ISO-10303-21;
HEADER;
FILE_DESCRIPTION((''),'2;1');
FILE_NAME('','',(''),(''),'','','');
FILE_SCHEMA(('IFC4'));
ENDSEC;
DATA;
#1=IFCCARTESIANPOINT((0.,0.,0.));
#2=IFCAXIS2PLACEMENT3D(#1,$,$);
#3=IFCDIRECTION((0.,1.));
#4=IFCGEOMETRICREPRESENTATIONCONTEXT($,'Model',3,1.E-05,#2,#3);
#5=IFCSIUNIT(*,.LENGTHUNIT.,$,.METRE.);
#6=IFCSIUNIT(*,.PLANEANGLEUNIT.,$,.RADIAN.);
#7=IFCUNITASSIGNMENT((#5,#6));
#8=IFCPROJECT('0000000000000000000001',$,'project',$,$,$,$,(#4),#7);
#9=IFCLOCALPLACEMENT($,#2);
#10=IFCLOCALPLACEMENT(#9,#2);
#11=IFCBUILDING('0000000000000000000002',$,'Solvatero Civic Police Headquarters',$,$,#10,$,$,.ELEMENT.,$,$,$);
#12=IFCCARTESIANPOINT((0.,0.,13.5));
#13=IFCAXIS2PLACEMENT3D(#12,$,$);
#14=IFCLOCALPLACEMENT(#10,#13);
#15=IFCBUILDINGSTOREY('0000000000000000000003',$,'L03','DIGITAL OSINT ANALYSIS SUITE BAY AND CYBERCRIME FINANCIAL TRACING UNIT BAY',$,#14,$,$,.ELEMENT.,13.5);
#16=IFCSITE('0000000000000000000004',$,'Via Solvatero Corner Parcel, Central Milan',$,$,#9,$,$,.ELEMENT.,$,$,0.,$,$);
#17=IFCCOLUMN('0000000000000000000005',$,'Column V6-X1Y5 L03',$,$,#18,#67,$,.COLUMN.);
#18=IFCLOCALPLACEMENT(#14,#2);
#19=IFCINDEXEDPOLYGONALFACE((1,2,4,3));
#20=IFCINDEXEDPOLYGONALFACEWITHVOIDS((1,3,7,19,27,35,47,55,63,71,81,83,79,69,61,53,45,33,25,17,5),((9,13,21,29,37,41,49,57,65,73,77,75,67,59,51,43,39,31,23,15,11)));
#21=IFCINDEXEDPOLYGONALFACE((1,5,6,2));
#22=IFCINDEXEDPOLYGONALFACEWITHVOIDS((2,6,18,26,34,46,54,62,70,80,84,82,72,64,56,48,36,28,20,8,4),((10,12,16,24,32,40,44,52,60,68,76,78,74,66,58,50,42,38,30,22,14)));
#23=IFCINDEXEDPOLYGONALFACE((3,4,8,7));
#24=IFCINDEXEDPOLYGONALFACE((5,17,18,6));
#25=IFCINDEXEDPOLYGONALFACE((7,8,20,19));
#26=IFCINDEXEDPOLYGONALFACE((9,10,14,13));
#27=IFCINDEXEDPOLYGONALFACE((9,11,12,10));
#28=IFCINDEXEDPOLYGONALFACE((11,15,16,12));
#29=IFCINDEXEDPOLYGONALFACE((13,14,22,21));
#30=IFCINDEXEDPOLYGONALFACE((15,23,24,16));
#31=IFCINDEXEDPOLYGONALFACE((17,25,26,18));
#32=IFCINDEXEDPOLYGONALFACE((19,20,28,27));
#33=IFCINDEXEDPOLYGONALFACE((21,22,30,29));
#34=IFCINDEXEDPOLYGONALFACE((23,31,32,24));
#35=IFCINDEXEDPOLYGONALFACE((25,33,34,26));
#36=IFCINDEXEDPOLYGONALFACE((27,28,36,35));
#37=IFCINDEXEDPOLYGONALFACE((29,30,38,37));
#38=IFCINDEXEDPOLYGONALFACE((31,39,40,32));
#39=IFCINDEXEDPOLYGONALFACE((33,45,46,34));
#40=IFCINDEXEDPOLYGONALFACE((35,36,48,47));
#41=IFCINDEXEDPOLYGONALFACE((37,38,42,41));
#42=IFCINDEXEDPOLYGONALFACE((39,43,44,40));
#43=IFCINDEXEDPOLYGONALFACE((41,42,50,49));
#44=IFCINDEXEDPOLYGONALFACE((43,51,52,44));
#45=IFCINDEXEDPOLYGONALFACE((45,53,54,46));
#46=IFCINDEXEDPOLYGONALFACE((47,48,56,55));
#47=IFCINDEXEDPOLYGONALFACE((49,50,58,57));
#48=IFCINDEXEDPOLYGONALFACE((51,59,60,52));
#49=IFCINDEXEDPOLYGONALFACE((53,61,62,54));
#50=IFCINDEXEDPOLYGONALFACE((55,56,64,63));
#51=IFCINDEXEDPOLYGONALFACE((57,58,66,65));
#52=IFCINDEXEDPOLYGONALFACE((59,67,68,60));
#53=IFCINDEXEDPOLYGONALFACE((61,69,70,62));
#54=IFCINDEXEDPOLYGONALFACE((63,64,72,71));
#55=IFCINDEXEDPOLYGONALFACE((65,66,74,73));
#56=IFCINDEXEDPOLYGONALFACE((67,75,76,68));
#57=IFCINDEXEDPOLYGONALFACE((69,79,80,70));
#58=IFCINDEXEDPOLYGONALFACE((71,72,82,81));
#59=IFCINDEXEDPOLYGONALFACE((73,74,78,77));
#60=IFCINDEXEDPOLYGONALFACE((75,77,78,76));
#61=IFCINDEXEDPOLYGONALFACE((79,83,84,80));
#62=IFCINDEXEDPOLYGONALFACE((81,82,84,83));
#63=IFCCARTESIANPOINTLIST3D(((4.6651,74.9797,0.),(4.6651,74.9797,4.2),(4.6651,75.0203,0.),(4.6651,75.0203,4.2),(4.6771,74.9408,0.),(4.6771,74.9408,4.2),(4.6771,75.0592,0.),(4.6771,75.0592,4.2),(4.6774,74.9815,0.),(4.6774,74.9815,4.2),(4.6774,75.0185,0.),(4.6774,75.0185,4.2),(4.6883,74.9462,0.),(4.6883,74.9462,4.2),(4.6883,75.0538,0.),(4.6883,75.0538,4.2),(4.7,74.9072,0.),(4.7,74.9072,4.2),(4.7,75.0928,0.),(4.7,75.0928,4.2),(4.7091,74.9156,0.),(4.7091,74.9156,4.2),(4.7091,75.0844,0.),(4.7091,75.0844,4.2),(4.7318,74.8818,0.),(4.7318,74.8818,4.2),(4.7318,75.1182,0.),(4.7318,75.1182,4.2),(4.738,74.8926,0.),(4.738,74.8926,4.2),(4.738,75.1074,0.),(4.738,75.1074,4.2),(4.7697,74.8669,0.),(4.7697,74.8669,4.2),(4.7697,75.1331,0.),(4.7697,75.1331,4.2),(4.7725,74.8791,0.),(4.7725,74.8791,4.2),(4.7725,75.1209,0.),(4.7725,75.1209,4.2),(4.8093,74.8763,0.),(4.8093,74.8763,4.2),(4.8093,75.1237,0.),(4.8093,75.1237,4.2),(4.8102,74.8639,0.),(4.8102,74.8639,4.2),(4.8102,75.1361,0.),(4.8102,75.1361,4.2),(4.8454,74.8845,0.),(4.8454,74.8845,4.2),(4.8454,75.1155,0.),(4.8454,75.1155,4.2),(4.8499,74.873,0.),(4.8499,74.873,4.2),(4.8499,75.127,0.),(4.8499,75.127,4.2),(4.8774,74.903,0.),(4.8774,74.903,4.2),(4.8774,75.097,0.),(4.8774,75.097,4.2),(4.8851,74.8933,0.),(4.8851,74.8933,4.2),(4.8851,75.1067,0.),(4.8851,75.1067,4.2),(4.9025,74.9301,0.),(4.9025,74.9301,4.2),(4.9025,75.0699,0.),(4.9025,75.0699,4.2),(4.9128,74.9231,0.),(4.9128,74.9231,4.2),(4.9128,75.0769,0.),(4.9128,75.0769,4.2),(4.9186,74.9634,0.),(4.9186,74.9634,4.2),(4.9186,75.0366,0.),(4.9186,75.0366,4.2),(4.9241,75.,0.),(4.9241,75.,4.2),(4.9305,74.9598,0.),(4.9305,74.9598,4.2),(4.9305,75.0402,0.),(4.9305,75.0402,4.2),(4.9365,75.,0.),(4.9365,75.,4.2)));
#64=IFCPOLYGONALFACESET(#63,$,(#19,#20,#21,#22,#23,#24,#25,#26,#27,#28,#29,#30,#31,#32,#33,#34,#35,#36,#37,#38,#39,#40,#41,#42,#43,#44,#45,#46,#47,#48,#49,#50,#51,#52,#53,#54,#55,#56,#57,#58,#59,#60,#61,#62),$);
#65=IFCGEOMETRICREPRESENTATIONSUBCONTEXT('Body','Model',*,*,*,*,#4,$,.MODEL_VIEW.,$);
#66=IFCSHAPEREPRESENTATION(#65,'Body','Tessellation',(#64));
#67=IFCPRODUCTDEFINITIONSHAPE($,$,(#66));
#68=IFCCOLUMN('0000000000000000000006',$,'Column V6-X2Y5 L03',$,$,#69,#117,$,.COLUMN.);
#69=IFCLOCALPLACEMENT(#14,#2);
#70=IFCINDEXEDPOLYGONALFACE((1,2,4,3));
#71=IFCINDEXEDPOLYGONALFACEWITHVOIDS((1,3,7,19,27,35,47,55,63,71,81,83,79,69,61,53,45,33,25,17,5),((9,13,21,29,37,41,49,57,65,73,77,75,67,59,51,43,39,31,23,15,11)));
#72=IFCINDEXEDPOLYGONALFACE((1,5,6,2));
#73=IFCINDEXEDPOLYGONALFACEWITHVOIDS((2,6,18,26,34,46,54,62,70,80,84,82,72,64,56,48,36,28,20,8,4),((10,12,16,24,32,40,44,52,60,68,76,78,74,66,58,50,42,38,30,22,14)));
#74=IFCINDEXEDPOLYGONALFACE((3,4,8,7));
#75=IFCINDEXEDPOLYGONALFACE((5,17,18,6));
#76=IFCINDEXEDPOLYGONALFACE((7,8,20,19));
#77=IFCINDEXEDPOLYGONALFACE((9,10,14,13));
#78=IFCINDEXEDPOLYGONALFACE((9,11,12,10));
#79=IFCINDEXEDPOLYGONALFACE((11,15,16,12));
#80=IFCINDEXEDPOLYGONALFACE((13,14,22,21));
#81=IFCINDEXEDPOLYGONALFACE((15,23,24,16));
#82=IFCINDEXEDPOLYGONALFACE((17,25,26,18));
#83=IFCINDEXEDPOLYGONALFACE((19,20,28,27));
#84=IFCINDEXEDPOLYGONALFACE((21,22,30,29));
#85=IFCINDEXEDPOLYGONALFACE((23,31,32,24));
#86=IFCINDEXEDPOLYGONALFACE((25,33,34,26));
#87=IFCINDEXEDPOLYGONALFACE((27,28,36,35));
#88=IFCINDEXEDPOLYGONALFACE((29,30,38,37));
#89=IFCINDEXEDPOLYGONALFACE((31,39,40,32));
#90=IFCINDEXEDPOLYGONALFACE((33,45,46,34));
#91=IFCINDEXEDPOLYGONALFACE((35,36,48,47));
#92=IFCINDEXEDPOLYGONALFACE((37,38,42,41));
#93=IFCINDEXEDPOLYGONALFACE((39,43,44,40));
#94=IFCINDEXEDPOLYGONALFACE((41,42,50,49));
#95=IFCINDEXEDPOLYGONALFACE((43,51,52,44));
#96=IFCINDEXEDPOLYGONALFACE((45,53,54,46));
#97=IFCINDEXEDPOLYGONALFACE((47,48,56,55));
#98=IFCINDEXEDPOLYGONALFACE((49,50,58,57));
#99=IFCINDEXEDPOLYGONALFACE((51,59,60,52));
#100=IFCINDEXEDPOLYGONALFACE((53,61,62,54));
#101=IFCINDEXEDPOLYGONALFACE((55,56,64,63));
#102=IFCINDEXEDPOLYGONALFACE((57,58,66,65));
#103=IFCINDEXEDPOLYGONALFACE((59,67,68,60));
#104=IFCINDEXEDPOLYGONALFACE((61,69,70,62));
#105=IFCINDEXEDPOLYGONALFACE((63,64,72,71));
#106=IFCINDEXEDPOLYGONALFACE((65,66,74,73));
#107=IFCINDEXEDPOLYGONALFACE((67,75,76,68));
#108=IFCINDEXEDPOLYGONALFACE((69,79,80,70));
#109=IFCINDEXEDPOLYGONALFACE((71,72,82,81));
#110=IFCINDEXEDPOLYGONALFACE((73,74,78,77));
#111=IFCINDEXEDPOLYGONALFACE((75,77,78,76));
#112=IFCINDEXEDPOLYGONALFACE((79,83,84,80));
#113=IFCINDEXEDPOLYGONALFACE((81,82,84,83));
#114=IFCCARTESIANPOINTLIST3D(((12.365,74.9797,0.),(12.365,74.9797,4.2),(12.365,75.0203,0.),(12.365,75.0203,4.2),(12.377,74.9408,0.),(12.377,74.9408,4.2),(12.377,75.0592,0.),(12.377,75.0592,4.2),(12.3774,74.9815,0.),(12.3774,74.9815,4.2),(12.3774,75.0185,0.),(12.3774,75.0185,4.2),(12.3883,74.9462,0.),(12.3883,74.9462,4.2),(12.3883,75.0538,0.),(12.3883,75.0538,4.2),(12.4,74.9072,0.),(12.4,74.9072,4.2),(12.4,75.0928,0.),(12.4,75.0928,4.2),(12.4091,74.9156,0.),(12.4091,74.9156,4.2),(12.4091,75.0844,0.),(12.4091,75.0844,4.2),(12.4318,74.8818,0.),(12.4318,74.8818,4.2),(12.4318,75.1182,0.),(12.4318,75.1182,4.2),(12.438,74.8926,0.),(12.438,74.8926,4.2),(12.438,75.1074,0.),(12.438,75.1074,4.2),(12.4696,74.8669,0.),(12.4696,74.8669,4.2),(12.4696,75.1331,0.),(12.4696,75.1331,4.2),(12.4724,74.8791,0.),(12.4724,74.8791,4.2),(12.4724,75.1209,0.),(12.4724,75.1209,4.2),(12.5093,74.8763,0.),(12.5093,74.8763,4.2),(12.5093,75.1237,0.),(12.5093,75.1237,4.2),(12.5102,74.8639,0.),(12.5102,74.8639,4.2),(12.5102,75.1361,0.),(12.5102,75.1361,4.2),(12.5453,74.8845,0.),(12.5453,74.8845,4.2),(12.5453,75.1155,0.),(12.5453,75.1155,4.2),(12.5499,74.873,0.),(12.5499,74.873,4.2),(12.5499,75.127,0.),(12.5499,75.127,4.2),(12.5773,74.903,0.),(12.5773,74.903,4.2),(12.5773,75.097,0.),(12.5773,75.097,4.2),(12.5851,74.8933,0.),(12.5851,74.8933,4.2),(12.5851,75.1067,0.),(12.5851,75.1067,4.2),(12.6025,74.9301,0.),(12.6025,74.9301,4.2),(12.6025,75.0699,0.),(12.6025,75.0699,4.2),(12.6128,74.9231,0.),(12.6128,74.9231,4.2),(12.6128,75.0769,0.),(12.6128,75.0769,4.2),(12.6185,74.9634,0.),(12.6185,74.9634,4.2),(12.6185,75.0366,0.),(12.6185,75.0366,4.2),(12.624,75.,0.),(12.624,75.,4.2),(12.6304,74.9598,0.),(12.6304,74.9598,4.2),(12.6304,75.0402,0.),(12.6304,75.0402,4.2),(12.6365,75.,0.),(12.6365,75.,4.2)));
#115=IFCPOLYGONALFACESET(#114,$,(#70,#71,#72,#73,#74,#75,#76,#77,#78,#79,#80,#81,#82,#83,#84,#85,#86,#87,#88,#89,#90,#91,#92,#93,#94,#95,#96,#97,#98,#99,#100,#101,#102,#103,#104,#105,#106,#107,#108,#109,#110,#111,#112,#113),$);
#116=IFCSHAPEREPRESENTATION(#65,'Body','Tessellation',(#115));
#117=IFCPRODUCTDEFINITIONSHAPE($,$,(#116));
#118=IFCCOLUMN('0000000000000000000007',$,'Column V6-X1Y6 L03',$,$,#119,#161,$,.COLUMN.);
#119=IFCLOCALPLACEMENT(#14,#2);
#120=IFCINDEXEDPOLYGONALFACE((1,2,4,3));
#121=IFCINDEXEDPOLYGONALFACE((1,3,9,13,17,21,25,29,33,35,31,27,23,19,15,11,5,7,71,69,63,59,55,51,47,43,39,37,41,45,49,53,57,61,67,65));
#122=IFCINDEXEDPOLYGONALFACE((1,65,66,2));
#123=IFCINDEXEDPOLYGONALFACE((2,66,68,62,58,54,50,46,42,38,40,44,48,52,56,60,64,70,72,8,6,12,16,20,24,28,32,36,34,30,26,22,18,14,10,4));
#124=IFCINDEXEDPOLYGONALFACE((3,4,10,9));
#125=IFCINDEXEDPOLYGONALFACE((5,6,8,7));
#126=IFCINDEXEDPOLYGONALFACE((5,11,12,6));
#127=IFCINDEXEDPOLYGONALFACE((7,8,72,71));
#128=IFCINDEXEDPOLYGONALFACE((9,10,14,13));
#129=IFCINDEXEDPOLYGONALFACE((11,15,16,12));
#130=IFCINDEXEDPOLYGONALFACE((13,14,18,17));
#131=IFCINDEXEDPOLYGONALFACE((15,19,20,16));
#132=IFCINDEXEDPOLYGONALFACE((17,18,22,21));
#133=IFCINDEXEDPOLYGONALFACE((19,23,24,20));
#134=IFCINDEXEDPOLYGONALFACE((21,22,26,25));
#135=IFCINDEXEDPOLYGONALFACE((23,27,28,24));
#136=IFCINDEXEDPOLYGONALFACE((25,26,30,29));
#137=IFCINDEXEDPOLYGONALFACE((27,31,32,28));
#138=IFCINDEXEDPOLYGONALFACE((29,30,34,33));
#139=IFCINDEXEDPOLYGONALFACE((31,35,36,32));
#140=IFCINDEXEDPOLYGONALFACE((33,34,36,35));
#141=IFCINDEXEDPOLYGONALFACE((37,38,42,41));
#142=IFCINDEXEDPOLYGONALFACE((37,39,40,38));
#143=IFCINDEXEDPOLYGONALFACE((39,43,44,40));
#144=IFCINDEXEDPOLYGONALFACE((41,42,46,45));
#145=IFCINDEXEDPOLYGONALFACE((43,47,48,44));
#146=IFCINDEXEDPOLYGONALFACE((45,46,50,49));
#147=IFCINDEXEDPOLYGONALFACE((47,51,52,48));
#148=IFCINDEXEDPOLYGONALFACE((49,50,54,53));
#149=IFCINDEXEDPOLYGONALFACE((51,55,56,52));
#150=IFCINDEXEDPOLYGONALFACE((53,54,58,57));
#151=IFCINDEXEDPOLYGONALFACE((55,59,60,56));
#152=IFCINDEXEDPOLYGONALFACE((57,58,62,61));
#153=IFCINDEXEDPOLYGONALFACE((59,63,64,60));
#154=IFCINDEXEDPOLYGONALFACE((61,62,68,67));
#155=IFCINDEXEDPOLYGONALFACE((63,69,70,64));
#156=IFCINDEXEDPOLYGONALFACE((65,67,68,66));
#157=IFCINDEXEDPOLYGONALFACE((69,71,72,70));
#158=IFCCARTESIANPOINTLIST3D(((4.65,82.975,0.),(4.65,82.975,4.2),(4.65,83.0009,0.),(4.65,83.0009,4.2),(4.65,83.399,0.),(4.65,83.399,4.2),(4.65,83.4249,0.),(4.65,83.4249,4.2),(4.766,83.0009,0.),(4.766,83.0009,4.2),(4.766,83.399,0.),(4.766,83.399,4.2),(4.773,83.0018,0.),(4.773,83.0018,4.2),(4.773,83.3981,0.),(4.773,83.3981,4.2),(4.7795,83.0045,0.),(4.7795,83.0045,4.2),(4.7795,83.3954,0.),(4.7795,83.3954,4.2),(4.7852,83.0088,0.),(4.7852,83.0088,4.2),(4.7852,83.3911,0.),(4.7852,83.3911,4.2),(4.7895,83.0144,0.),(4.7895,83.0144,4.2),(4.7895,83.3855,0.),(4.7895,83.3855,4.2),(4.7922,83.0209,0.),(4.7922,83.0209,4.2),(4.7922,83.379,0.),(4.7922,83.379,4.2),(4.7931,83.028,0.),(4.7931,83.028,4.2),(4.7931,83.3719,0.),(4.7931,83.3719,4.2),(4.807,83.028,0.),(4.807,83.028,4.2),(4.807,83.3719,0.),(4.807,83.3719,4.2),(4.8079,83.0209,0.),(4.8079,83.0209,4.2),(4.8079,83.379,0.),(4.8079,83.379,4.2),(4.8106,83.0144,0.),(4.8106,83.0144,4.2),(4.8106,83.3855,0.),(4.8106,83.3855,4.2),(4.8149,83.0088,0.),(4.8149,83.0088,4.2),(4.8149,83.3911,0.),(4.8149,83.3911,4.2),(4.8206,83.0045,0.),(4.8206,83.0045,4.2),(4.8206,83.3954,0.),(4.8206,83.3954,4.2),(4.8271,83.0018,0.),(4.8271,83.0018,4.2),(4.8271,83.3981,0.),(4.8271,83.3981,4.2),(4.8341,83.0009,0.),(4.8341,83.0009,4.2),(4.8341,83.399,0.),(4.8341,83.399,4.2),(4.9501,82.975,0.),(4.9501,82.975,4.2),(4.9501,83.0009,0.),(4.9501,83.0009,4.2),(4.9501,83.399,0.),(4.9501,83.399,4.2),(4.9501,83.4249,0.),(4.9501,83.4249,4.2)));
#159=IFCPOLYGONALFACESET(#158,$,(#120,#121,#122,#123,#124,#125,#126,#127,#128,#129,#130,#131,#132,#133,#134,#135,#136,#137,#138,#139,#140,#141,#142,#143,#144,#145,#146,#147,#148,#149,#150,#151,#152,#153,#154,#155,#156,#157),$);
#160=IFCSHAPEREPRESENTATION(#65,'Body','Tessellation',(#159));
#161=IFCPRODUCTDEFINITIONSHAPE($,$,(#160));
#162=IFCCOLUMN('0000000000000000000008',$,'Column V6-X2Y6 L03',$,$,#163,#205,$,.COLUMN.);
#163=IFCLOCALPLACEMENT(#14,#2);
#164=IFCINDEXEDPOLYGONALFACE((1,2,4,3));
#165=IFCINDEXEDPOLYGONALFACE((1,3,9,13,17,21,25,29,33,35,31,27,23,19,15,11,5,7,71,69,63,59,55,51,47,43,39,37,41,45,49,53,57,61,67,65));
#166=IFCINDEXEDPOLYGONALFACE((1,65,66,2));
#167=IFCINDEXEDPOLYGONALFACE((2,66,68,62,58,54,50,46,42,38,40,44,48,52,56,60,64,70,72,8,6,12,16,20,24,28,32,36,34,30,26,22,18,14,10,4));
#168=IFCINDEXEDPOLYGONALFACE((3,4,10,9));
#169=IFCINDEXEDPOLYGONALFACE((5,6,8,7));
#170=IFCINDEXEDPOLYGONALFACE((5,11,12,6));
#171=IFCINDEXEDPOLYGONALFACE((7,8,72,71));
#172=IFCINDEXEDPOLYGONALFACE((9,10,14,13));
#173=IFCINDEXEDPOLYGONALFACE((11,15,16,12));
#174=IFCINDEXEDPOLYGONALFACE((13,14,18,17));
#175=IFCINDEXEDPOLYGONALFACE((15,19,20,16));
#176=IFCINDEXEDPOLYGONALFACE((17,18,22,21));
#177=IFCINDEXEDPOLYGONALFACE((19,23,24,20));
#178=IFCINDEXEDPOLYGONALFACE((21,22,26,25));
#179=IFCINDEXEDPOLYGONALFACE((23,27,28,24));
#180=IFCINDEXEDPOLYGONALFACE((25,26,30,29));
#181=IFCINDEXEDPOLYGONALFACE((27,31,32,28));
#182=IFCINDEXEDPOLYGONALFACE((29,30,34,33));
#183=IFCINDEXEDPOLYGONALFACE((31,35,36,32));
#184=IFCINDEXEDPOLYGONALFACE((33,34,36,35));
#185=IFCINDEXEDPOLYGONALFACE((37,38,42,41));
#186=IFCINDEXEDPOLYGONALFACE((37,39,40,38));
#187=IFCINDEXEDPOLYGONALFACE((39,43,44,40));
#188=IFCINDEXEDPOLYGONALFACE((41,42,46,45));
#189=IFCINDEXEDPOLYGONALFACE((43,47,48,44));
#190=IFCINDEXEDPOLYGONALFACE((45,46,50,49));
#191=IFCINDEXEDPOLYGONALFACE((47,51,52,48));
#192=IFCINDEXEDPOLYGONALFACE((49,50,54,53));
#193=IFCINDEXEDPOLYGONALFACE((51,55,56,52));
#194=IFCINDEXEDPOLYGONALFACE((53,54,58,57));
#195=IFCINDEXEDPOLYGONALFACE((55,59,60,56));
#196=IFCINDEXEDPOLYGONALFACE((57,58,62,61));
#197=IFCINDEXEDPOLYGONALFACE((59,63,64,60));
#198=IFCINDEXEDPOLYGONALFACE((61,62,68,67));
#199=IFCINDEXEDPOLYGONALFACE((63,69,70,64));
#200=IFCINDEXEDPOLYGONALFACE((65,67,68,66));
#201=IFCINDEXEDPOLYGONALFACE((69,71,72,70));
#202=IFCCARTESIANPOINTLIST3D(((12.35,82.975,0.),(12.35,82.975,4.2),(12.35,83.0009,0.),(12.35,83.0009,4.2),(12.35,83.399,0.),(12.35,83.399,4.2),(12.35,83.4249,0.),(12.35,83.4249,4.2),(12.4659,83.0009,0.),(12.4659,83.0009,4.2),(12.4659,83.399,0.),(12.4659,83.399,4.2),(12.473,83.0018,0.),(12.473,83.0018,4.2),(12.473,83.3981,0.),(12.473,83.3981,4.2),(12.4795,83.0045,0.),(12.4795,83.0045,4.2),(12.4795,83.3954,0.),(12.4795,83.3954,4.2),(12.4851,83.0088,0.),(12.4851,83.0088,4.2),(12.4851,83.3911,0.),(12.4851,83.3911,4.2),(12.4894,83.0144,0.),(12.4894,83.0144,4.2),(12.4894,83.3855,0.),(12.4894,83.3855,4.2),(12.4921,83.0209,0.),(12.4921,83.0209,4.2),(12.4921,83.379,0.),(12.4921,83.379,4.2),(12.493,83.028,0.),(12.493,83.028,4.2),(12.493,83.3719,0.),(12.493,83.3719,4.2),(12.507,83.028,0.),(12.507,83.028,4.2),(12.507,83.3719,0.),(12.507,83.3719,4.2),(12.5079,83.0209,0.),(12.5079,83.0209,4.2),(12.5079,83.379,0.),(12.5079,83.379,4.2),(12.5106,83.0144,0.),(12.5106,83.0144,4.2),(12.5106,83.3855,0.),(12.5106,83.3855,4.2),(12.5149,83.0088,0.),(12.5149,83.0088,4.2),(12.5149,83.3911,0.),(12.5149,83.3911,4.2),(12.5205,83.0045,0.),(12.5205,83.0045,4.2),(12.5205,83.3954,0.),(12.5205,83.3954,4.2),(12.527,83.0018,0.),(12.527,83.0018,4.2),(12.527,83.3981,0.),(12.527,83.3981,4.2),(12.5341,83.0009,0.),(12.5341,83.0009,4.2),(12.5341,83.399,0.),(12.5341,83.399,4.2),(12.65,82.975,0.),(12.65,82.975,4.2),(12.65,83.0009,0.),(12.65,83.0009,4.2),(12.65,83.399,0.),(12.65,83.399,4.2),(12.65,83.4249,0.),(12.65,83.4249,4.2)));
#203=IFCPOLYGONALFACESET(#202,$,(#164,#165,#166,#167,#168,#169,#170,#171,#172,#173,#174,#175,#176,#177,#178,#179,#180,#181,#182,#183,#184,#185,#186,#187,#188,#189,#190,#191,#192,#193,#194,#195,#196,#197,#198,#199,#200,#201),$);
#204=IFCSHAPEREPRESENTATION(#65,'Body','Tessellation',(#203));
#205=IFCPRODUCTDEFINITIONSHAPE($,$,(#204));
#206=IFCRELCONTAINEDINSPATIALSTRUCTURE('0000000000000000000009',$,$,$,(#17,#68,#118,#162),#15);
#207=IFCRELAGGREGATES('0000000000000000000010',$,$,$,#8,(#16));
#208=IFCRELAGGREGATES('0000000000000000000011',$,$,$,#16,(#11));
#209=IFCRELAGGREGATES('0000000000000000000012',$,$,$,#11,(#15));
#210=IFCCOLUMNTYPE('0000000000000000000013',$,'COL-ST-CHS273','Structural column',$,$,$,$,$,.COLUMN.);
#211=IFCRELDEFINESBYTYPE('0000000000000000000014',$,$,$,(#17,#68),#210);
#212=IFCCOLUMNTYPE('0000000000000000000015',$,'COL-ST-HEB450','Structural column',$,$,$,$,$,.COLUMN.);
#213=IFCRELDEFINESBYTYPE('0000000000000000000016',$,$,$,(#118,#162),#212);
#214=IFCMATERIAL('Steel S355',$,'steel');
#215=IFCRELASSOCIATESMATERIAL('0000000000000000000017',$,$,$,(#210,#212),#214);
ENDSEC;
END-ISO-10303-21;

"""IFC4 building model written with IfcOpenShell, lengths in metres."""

from ifc_helpers import new_model, si_unit, direction, frame, origin, origin_2d, place, context, subcontext, project, spatial, hollow_circle, i_section, extrude, material, material_profile, profile_set, type_object, element, save


model = new_model("IFC4")

# Units and contexts
model_context = context("Model", 3, precision=1e-05, world=origin(), true_north=direction((0.0, 1.0)))
body_context = subcontext(model_context, "Body", "Model", "MODEL_VIEW")
ifc_project = project(units=[si_unit("LENGTHUNIT", "METRE"), si_unit("PLANEANGLEUNIT", "RADIAN")], contexts=[model_context])

# Site, building, storey
site_placement = place(None, origin())
site = spatial("IfcSite", under=ifc_project, at=site_placement, Name="Via Solvatero Corner Parcel, Central Milan", CompositionType="ELEMENT", RefElevation=0.0)
building_placement = place(site_placement, origin())
building = spatial("IfcBuilding", under=site, at=building_placement, Name="Solvatero Civic Police Headquarters", CompositionType="ELEMENT")
storey_placement = place(building_placement, frame((0.0, 0.0, 13.5)))
storey = spatial("IfcBuildingStorey", under=building, at=storey_placement, Name="L03", Description="DIGITAL OSINT ANALYSIS SUITE BAY AND CYBERCRIME FINANCIAL TRACING UNIT BAY", CompositionType="ELEMENT", Elevation=13.5)

# Columns
ifc_material_1 = material(Name="Steel S355", Category="steel")
ifc_material_profile_1 = material_profile(ifc_material_1, hollow_circle(Radius=0.1365, WallThickness=0.0125, at=origin_2d()), Name="CHS 273.0x12.5")
ifc_profile_set_1 = profile_set([ifc_material_profile_1], Name="Steel S355")
column_type_1 = type_object("IfcColumnType", Name="COL-ST-CHS273", Description="Structural column", PredefinedType="COLUMN", material=ifc_profile_set_1)
for number, where, z_axis, x_axis, name in (
    (1, (4.8, 75.0, 0.0), (0.0, 0.0, 1.0), (1.0, 0.0, 0.0), "Column V6-X1Y5 L03"),
    (2, (12.5, 75.0, 0.0), (0.0, 0.0, 1.0), (1.0, 0.0, 0.0), "Column V6-X2Y5 L03"),
):
    element("IfcColumn", number, at=place(storey_placement, frame(where, z_axis=z_axis, x_axis=x_axis)), inside=storey, type_object=column_type_1, Name=name, PredefinedType="COLUMN", context=body_context, shape_type="SweptSolid", body=[
        extrude(hollow_circle(Radius=0.1365, WallThickness=0.0125, at=origin_2d()), origin(), (0.0, 0.0, 1.0), 4.2),
    ])
ifc_material_profile_2 = material_profile(ifc_material_1, i_section(OverallWidth=0.3, OverallDepth=0.45, WebThickness=0.0139, FlangeThickness=0.0259, FilletRadius=0.0271, at=origin_2d()), Name="HEB 450")
ifc_profile_set_2 = profile_set([ifc_material_profile_2], Name="Steel S355")
column_type_2 = type_object("IfcColumnType", Name="COL-ST-HEB450", Description="Structural column", PredefinedType="COLUMN", material=ifc_profile_set_2)
for number, where, z_axis, x_axis, name in (
    (3, (4.8, 83.2, 0.0), (0.0, 0.0, 1.0), (1.0, 0.0, 0.0), "Column V6-X1Y6 L03"),
    (4, (12.5, 83.2, 0.0), (0.0, 0.0, 1.0), (1.0, 0.0, 0.0), "Column V6-X2Y6 L03"),
):
    element("IfcColumn", number, at=place(storey_placement, frame(where, z_axis=z_axis, x_axis=x_axis)), inside=storey, type_object=column_type_2, Name=name, PredefinedType="COLUMN", context=body_context, shape_type="SweptSolid", body=[
        extrude(i_section(OverallWidth=0.3, OverallDepth=0.45, WebThickness=0.0139, FlangeThickness=0.0259, FilletRadius=0.0271, at=origin_2d()), origin(), (0.0, 0.0, 1.0), 4.2),
    ])

save(model, "model.ifc")
